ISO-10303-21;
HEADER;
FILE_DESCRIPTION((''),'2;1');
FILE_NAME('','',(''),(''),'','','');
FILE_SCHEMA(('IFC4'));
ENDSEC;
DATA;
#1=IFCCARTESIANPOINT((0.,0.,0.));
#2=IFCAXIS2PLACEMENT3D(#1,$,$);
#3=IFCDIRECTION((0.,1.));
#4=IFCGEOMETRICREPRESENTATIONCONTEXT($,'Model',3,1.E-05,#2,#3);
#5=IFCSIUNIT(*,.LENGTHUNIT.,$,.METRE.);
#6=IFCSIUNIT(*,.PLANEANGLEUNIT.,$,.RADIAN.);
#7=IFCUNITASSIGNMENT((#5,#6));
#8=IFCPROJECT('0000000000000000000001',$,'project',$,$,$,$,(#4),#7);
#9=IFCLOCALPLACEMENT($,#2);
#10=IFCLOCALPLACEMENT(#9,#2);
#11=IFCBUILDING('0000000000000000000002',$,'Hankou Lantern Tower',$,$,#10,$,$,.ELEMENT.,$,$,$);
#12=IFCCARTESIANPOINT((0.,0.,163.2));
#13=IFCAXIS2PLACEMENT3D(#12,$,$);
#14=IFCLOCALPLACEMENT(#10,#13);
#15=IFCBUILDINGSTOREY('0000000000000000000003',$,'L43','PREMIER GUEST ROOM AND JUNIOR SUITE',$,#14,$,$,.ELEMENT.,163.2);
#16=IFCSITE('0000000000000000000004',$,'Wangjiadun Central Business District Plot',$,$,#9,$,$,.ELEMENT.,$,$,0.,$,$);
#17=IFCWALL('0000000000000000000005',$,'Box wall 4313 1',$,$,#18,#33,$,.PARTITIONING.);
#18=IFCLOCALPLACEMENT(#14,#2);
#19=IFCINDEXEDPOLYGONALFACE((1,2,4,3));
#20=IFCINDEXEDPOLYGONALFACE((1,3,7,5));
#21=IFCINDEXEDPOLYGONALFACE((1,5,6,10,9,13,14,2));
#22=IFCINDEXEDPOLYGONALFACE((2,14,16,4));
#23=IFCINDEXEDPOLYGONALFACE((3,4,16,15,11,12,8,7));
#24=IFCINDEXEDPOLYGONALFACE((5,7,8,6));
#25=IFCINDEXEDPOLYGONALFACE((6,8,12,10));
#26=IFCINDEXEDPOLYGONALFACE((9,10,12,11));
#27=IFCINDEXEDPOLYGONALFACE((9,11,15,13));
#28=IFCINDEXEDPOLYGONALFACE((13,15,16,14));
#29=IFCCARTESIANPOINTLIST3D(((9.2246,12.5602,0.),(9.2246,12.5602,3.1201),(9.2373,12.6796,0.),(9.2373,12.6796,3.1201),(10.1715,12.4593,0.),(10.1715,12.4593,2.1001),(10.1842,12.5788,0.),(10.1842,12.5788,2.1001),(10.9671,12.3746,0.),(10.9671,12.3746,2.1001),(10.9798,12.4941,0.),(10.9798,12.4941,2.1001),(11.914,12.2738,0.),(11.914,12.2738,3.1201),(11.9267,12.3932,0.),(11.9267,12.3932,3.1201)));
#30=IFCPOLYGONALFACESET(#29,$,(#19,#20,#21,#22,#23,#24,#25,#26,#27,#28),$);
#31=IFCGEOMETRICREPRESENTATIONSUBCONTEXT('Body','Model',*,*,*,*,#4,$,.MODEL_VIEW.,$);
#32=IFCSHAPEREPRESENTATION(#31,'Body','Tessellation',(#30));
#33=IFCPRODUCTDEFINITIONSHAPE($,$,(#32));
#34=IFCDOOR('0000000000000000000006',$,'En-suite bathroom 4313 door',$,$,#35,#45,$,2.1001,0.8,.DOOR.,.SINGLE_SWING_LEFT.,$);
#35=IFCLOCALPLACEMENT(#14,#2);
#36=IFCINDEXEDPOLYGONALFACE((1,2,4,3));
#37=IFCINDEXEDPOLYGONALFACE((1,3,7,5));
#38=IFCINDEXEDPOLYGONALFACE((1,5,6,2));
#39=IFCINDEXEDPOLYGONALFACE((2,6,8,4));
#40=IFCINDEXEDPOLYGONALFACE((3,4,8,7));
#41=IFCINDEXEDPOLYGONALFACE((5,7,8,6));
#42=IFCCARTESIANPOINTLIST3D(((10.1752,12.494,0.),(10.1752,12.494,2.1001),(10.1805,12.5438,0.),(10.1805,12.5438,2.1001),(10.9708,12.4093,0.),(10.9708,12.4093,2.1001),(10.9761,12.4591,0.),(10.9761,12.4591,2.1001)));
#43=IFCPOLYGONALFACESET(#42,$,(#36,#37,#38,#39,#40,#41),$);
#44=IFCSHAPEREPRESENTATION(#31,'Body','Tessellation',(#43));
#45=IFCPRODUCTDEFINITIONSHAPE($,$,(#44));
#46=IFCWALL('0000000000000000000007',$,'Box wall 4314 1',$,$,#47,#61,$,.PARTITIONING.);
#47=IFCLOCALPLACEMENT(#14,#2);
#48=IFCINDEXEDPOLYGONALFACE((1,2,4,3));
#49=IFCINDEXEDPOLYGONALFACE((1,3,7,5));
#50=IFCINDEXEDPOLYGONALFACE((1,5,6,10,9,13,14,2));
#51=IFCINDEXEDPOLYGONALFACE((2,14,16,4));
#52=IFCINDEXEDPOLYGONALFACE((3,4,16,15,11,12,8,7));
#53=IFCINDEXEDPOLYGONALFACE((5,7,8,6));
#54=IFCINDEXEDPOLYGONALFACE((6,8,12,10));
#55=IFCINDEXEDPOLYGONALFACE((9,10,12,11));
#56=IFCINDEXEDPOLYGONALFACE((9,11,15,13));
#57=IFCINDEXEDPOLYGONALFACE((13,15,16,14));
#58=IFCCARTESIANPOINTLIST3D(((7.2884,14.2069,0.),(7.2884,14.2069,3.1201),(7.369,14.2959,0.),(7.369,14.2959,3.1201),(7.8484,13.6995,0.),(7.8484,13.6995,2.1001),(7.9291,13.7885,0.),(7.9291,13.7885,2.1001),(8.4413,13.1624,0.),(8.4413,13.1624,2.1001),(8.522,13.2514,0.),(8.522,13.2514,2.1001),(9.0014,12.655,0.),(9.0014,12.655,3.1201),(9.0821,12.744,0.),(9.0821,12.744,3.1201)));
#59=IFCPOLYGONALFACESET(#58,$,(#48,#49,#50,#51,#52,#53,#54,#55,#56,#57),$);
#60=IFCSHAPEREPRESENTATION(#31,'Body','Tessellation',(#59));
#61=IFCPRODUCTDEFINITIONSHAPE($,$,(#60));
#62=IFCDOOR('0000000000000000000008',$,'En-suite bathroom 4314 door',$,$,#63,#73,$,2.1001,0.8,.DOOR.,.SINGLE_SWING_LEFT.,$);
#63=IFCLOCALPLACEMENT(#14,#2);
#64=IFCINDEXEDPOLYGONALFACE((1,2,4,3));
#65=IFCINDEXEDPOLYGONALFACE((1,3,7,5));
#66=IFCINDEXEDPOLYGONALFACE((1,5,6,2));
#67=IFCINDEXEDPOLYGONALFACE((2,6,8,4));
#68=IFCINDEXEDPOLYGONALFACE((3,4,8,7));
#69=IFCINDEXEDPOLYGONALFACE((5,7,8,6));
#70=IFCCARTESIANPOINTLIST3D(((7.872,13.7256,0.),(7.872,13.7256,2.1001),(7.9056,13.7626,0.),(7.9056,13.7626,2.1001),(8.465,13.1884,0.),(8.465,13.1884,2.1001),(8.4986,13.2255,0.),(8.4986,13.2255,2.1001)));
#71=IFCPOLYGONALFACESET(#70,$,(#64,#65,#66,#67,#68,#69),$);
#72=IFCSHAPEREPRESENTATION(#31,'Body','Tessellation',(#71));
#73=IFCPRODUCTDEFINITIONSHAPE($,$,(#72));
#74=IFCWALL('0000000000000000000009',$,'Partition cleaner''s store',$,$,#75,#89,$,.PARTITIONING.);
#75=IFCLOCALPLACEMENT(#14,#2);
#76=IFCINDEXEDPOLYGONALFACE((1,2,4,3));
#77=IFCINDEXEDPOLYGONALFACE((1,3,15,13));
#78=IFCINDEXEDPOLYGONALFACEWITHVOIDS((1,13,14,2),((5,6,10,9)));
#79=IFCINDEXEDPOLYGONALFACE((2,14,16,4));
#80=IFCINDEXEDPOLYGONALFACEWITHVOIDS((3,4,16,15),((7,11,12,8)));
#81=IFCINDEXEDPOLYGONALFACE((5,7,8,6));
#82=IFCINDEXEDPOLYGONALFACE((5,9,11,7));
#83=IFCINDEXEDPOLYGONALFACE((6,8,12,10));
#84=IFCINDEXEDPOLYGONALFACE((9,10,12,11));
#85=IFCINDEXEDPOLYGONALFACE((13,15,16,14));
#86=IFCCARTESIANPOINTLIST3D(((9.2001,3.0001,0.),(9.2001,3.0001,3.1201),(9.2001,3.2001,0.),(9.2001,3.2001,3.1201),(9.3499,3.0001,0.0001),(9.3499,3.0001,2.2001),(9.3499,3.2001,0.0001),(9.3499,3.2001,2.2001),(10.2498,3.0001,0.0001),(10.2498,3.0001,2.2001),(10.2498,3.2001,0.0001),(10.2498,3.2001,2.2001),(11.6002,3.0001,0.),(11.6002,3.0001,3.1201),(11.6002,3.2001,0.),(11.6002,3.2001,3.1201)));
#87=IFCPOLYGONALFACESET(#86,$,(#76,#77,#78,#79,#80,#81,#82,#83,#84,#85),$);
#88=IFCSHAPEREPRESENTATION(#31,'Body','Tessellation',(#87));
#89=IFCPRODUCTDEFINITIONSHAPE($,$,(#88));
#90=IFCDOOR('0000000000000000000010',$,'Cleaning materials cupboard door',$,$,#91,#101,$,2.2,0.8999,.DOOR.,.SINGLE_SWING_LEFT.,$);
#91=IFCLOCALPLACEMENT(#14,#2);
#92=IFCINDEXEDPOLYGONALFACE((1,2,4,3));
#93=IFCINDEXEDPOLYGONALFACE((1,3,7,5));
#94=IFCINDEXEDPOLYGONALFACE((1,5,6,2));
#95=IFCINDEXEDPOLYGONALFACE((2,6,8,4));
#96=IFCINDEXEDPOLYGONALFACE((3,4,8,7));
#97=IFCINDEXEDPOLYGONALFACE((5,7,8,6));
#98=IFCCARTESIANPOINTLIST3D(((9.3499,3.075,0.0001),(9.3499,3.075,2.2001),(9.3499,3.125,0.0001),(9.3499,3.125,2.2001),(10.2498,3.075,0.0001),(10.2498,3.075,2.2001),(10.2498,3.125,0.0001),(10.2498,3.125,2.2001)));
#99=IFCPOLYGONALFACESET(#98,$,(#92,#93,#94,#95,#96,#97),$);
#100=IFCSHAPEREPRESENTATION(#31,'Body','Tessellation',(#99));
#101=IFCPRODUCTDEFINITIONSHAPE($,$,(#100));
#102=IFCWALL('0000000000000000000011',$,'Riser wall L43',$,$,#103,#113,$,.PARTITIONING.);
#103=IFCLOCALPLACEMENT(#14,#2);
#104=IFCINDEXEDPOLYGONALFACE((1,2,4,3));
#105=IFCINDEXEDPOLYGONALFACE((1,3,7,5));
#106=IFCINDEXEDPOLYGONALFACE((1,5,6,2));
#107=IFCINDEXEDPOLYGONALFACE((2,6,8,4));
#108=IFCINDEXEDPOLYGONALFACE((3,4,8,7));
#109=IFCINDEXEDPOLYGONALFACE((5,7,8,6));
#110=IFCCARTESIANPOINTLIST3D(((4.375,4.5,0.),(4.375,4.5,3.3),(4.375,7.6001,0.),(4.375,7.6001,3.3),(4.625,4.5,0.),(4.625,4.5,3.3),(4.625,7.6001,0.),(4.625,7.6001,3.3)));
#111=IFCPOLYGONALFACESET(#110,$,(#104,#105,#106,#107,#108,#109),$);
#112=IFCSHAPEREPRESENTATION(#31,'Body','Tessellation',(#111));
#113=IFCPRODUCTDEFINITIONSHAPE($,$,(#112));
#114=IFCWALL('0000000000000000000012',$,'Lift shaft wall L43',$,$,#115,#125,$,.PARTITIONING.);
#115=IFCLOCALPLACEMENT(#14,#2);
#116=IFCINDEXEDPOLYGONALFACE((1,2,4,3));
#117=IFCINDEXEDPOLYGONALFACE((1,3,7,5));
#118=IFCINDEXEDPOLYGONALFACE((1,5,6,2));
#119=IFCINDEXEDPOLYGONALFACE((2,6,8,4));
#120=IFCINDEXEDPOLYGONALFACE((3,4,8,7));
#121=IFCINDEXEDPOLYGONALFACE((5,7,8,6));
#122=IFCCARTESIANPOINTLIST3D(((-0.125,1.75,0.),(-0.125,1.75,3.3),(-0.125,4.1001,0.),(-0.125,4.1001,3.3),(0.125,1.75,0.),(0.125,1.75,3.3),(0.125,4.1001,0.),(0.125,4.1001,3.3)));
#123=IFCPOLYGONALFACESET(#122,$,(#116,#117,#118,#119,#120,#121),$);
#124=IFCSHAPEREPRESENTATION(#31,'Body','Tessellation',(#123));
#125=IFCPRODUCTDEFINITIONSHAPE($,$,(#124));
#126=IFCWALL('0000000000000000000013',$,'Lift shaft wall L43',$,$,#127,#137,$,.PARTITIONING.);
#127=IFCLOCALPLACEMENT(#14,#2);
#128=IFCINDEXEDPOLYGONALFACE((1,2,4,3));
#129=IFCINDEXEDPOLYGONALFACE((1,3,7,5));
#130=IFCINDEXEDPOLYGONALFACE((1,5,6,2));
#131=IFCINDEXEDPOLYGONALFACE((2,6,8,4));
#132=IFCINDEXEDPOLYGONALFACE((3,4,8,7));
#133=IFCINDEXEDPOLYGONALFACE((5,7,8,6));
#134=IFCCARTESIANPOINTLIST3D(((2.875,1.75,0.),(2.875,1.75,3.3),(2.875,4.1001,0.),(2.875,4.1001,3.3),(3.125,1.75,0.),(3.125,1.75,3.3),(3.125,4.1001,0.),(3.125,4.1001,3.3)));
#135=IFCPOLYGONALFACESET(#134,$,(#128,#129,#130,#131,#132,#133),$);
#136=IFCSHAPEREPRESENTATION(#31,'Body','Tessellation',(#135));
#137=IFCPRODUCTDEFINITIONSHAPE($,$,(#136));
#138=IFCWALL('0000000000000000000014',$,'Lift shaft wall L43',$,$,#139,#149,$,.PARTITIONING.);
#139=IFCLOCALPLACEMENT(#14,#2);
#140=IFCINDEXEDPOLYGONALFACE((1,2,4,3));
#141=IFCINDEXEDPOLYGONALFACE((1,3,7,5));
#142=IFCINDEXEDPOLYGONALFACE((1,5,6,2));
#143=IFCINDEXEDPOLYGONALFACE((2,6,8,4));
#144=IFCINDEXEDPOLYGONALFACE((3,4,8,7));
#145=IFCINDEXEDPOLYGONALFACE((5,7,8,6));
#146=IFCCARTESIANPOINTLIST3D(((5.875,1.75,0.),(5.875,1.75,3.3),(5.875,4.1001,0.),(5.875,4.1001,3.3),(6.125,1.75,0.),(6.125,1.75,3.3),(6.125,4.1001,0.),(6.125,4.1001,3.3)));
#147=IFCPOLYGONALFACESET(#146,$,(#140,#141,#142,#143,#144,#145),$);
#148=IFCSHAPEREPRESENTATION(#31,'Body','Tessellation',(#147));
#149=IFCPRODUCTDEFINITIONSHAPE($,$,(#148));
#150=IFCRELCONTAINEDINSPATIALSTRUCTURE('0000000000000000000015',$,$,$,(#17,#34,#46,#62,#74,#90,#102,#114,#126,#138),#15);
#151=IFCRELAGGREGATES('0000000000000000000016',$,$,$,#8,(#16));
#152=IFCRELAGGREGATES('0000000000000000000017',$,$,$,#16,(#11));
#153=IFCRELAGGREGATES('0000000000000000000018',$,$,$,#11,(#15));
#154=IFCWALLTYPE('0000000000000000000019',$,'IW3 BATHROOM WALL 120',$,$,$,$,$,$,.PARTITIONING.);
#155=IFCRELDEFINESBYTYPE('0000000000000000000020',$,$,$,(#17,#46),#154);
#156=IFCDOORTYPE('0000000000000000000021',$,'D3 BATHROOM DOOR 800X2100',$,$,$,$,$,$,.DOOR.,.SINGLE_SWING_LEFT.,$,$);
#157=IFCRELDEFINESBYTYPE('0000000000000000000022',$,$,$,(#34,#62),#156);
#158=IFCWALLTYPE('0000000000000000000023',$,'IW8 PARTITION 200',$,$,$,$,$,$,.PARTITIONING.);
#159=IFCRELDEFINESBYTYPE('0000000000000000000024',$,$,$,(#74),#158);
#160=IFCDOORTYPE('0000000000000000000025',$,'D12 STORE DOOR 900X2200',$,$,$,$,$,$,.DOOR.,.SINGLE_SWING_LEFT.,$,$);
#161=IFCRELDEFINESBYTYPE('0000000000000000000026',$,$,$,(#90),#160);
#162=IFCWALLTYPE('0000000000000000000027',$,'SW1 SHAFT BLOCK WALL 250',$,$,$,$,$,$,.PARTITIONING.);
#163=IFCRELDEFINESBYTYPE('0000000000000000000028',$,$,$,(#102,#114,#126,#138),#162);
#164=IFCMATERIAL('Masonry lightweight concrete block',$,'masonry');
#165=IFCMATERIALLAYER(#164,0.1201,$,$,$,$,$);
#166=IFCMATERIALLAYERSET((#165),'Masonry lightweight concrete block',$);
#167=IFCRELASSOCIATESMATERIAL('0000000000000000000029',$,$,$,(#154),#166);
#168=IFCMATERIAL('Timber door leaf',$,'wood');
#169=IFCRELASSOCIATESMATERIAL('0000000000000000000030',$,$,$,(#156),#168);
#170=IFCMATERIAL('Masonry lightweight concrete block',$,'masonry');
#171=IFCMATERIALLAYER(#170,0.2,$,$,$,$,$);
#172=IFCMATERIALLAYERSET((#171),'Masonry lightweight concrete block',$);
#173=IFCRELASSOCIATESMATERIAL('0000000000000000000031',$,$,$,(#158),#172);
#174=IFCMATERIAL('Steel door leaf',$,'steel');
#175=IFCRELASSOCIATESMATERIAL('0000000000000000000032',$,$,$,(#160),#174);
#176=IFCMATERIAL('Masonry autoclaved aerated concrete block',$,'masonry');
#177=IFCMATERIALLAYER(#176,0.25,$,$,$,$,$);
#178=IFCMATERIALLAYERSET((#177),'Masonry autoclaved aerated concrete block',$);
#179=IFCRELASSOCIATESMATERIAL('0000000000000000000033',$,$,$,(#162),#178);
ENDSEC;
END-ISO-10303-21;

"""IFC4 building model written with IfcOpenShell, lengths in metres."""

from ifc_helpers import new_model, si_unit, direction, frame, frame_2d, origin, place, context, subcontext, project, spatial, rectangle, extrude, material, layer, layer_set, type_object, element, fill, save


model = new_model("IFC4")

# Units and contexts
model_context = context("Model", 3, precision=1e-05, world=origin(), true_north=direction((0.0, 1.0)))
body_context = subcontext(model_context, "Body", "Model", "MODEL_VIEW")
ifc_project = project(units=[si_unit("LENGTHUNIT", "METRE"), si_unit("PLANEANGLEUNIT", "RADIAN")], contexts=[model_context])

# Site, building, storey
site_placement = place(None, origin())
site = spatial("IfcSite", under=ifc_project, at=site_placement, Name="Wangjiadun Central Business District Plot", CompositionType="ELEMENT", RefElevation=0.0)
building_placement = place(site_placement, origin())
building = spatial("IfcBuilding", under=site, at=building_placement, Name="Hankou Lantern Tower", CompositionType="ELEMENT")
storey_placement = place(building_placement, frame((0.0, 0.0, 163.2)))
storey = spatial("IfcBuildingStorey", under=building, at=storey_placement, Name="L43", Description="PREMIER GUEST ROOM AND JUNIOR SUITE", CompositionType="ELEMENT", Elevation=163.2)

# Walls, openings, doors
ifc_material_1 = material(Name="Masonry lightweight concrete block", Category="masonry")
ifc_layer_1 = layer(ifc_material_1, 0.1201)
ifc_layer_set_1 = layer_set([ifc_layer_1], Name="Masonry lightweight concrete block")
wall_type_1 = type_object("IfcWallType", Name="IW3 BATHROOM WALL 120", PredefinedType="PARTITIONING", material=ifc_layer_set_1)
wall_1_placement = place(storey_placement, frame((9.231, 12.6199, 0.0), z_axis=(0.0, 0.0, 1.0), x_axis=(0.994379, -0.105883, 0.0)))
wall_1 = element("IfcWall", 1, at=wall_1_placement, inside=storey, type_object=wall_type_1, Name="Box wall 4313 1", PredefinedType="PARTITIONING", context=body_context, shape_type="SweptSolid", body=[
    extrude(rectangle(XDim=2.7046, YDim=0.1201, at=frame_2d((1.3523, 0.0))), origin(), (0.0, 0.0, 1.0), 3.1201),
])
opening_1_placement = place(wall_1_placement, frame((0.9524, 0.0, 0.0)))
opening_1 = element("IfcOpeningElement", 2, at=opening_1_placement, cuts=wall_1, PredefinedType="OPENING", context=body_context, shape_type="SweptSolid", body=[
    extrude(rectangle(XDim=0.8, YDim=2.1001, at=frame_2d((0.3999, 1.05))), frame((0.0, 0.0701, 0.0), z_axis=(0.0, -1.0, 0.0), x_axis=(1.0, 0.0, 0.0)), (0.0, 0.0, 1.0), 0.1401),
])
ifc_material_2 = material(Name="Timber door leaf", Category="wood")
door_type_1 = type_object("IfcDoorType", Name="D3 BATHROOM DOOR 800X2100", OperationType="SINGLE_SWING_LEFT", PredefinedType="DOOR", material=ifc_material_2)
door_1_placement = place(opening_1_placement, origin())
door_1 = element("IfcDoor", 3, at=door_1_placement, inside=storey, type_object=door_type_1, Name="En-suite bathroom 4313 door", OperationType="SINGLE_SWING_LEFT", OverallHeight=2.1001, OverallWidth=0.8, PredefinedType="DOOR", context=body_context, shape_type="SweptSolid", body=[
    extrude(rectangle(XDim=0.8, YDim=2.1001, at=frame_2d((0.3999, 1.05))), frame((0.0, 0.0249, 0.0), z_axis=(0.0, -1.0, 0.0), x_axis=(1.0, 0.0, 0.0)), (0.0, 0.0, 1.0), 0.05),
])
fill(opening_1, door_1)
wall_2_placement = place(storey_placement, frame((9.0417, 12.6995, 0.0), z_axis=(0.0, 0.0, 1.0), x_axis=(-0.7411, 0.671394, 0.0)))
wall_2 = element("IfcWall", 4, at=wall_2_placement, inside=storey, type_object=wall_type_1, Name="Box wall 4314 1", PredefinedType="PARTITIONING", context=body_context, shape_type="SweptSolid", body=[
    extrude(rectangle(XDim=2.3115, YDim=0.1201, at=frame_2d((1.1558, 0.0))), origin(), (0.0, 0.0, 1.0), 3.1201),
])
opening_2_placement = place(wall_2_placement, frame((0.7559, 0.0, 0.0)))
opening_2 = element("IfcOpeningElement", 5, at=opening_2_placement, cuts=wall_2, PredefinedType="OPENING", context=body_context, shape_type="SweptSolid", body=[
    extrude(rectangle(XDim=0.8, YDim=2.1001, at=frame_2d((0.3999, 1.05))), frame((0.0, 0.0701, 0.0), z_axis=(0.0, -1.0, 0.0), x_axis=(1.0, 0.0, 0.0)), (0.0, 0.0, 1.0), 0.1401),
])
door_2_placement = place(opening_2_placement, origin())
door_2 = element("IfcDoor", 6, at=door_2_placement, inside=storey, type_object=door_type_1, Name="En-suite bathroom 4314 door", OperationType="SINGLE_SWING_LEFT", OverallHeight=2.1001, OverallWidth=0.8, PredefinedType="DOOR", context=body_context, shape_type="SweptSolid", body=[
    extrude(rectangle(XDim=0.8, YDim=2.1001, at=frame_2d((0.3999, 1.05))), frame((0.0, 0.0249, 0.0), z_axis=(0.0, -1.0, 0.0), x_axis=(1.0, 0.0, 0.0)), (0.0, 0.0, 1.0), 0.05),
])
fill(opening_2, door_2)
ifc_material_3 = material(Name="Masonry lightweight concrete block", Category="masonry")
ifc_layer_2 = layer(ifc_material_3, 0.2)
ifc_layer_set_2 = layer_set([ifc_layer_2], Name="Masonry lightweight concrete block")
wall_type_2 = type_object("IfcWallType", Name="IW8 PARTITION 200", PredefinedType="PARTITIONING", material=ifc_layer_set_2)
wall_3_placement = place(storey_placement, frame((9.2, 3.1001, 0.0), z_axis=(0.0, 0.0, 1.0), x_axis=(1.0, 0.0, 0.0)))
wall_3 = element("IfcWall", 7, at=wall_3_placement, inside=storey, type_object=wall_type_2, Name="Partition cleaner's store", PredefinedType="PARTITIONING", context=body_context, shape_type="SweptSolid", body=[
    extrude(rectangle(XDim=2.4001, YDim=0.2, at=frame_2d((1.2002, 0.0))), origin(), (0.0, 0.0, 1.0), 3.1201),
])
opening_3_placement = place(wall_3_placement, frame((0.1499, 0.0, 0.0)))
opening_3 = element("IfcOpeningElement", 8, at=opening_3_placement, cuts=wall_3, PredefinedType="OPENING", context=body_context, shape_type="SweptSolid", body=[
    extrude(rectangle(XDim=0.8999, YDim=2.2, at=frame_2d((0.45, 1.1001))), frame((0.0, 0.1099, 0.0), z_axis=(0.0, -1.0, 0.0), x_axis=(1.0, 0.0, 0.0)), (0.0, 0.0, 1.0), 0.22),
])
ifc_material_4 = material(Name="Steel door leaf", Category="steel")
door_type_2 = type_object("IfcDoorType", Name="D12 STORE DOOR 900X2200", OperationType="SINGLE_SWING_LEFT", PredefinedType="DOOR", material=ifc_material_4)
door_3_placement = place(opening_3_placement, origin())
door_3 = element("IfcDoor", 9, at=door_3_placement, inside=storey, type_object=door_type_2, Name="Cleaning materials cupboard door", OperationType="SINGLE_SWING_LEFT", OverallHeight=2.2, OverallWidth=0.8999, PredefinedType="DOOR", context=body_context, shape_type="SweptSolid", body=[
    extrude(rectangle(XDim=0.8999, YDim=2.2, at=frame_2d((0.45, 1.1001))), frame((0.0, 0.0249, 0.0), z_axis=(0.0, -1.0, 0.0), x_axis=(1.0, 0.0, 0.0)), (0.0, 0.0, 1.0), 0.05),
])
fill(opening_3, door_3)

# Walls
ifc_material_5 = material(Name="Masonry autoclaved aerated concrete block", Category="masonry")
ifc_layer_3 = layer(ifc_material_5, 0.25)
ifc_layer_set_3 = layer_set([ifc_layer_3], Name="Masonry autoclaved aerated concrete block")
wall_type_3 = type_object("IfcWallType", Name="SW1 SHAFT BLOCK WALL 250", PredefinedType="PARTITIONING", material=ifc_layer_set_3)
wall_4_placement = place(storey_placement, frame((4.5, 4.5, 0.0), z_axis=(0.0, 0.0, 1.0), x_axis=(0.0, 1.0, 0.0)))
element("IfcWall", 10, at=wall_4_placement, inside=storey, type_object=wall_type_3, Name="Riser wall L43", PredefinedType="PARTITIONING", context=body_context, shape_type="SweptSolid", body=[
    extrude(rectangle(XDim=3.1001, YDim=0.25, at=frame_2d((1.55, 0.0))), origin(), (0.0, 0.0, 1.0), 3.3),
])
for number, where, z_axis, x_axis, name in (
    (11, (0.0, 1.75, 0.0), (0.0, 0.0, 1.0), (0.0, 1.0, 0.0), "Lift shaft wall L43"),
    (12, (3.0, 1.75, 0.0), (0.0, 0.0, 1.0), (0.0, 1.0, 0.0), "Lift shaft wall L43"),
    (13, (6.0, 1.75, 0.0), (0.0, 0.0, 1.0), (0.0, 1.0, 0.0), "Lift shaft wall L43"),
):
    element("IfcWall", number, at=place(storey_placement, frame(where, z_axis=z_axis, x_axis=x_axis)), inside=storey, type_object=wall_type_3, Name=name, PredefinedType="PARTITIONING", context=body_context, shape_type="SweptSolid", body=[
        extrude(rectangle(XDim=2.3501, YDim=0.25, at=frame_2d((1.175, 0.0))), origin(), (0.0, 0.0, 1.0), 3.3),
    ])

save(model, "model.ifc")
